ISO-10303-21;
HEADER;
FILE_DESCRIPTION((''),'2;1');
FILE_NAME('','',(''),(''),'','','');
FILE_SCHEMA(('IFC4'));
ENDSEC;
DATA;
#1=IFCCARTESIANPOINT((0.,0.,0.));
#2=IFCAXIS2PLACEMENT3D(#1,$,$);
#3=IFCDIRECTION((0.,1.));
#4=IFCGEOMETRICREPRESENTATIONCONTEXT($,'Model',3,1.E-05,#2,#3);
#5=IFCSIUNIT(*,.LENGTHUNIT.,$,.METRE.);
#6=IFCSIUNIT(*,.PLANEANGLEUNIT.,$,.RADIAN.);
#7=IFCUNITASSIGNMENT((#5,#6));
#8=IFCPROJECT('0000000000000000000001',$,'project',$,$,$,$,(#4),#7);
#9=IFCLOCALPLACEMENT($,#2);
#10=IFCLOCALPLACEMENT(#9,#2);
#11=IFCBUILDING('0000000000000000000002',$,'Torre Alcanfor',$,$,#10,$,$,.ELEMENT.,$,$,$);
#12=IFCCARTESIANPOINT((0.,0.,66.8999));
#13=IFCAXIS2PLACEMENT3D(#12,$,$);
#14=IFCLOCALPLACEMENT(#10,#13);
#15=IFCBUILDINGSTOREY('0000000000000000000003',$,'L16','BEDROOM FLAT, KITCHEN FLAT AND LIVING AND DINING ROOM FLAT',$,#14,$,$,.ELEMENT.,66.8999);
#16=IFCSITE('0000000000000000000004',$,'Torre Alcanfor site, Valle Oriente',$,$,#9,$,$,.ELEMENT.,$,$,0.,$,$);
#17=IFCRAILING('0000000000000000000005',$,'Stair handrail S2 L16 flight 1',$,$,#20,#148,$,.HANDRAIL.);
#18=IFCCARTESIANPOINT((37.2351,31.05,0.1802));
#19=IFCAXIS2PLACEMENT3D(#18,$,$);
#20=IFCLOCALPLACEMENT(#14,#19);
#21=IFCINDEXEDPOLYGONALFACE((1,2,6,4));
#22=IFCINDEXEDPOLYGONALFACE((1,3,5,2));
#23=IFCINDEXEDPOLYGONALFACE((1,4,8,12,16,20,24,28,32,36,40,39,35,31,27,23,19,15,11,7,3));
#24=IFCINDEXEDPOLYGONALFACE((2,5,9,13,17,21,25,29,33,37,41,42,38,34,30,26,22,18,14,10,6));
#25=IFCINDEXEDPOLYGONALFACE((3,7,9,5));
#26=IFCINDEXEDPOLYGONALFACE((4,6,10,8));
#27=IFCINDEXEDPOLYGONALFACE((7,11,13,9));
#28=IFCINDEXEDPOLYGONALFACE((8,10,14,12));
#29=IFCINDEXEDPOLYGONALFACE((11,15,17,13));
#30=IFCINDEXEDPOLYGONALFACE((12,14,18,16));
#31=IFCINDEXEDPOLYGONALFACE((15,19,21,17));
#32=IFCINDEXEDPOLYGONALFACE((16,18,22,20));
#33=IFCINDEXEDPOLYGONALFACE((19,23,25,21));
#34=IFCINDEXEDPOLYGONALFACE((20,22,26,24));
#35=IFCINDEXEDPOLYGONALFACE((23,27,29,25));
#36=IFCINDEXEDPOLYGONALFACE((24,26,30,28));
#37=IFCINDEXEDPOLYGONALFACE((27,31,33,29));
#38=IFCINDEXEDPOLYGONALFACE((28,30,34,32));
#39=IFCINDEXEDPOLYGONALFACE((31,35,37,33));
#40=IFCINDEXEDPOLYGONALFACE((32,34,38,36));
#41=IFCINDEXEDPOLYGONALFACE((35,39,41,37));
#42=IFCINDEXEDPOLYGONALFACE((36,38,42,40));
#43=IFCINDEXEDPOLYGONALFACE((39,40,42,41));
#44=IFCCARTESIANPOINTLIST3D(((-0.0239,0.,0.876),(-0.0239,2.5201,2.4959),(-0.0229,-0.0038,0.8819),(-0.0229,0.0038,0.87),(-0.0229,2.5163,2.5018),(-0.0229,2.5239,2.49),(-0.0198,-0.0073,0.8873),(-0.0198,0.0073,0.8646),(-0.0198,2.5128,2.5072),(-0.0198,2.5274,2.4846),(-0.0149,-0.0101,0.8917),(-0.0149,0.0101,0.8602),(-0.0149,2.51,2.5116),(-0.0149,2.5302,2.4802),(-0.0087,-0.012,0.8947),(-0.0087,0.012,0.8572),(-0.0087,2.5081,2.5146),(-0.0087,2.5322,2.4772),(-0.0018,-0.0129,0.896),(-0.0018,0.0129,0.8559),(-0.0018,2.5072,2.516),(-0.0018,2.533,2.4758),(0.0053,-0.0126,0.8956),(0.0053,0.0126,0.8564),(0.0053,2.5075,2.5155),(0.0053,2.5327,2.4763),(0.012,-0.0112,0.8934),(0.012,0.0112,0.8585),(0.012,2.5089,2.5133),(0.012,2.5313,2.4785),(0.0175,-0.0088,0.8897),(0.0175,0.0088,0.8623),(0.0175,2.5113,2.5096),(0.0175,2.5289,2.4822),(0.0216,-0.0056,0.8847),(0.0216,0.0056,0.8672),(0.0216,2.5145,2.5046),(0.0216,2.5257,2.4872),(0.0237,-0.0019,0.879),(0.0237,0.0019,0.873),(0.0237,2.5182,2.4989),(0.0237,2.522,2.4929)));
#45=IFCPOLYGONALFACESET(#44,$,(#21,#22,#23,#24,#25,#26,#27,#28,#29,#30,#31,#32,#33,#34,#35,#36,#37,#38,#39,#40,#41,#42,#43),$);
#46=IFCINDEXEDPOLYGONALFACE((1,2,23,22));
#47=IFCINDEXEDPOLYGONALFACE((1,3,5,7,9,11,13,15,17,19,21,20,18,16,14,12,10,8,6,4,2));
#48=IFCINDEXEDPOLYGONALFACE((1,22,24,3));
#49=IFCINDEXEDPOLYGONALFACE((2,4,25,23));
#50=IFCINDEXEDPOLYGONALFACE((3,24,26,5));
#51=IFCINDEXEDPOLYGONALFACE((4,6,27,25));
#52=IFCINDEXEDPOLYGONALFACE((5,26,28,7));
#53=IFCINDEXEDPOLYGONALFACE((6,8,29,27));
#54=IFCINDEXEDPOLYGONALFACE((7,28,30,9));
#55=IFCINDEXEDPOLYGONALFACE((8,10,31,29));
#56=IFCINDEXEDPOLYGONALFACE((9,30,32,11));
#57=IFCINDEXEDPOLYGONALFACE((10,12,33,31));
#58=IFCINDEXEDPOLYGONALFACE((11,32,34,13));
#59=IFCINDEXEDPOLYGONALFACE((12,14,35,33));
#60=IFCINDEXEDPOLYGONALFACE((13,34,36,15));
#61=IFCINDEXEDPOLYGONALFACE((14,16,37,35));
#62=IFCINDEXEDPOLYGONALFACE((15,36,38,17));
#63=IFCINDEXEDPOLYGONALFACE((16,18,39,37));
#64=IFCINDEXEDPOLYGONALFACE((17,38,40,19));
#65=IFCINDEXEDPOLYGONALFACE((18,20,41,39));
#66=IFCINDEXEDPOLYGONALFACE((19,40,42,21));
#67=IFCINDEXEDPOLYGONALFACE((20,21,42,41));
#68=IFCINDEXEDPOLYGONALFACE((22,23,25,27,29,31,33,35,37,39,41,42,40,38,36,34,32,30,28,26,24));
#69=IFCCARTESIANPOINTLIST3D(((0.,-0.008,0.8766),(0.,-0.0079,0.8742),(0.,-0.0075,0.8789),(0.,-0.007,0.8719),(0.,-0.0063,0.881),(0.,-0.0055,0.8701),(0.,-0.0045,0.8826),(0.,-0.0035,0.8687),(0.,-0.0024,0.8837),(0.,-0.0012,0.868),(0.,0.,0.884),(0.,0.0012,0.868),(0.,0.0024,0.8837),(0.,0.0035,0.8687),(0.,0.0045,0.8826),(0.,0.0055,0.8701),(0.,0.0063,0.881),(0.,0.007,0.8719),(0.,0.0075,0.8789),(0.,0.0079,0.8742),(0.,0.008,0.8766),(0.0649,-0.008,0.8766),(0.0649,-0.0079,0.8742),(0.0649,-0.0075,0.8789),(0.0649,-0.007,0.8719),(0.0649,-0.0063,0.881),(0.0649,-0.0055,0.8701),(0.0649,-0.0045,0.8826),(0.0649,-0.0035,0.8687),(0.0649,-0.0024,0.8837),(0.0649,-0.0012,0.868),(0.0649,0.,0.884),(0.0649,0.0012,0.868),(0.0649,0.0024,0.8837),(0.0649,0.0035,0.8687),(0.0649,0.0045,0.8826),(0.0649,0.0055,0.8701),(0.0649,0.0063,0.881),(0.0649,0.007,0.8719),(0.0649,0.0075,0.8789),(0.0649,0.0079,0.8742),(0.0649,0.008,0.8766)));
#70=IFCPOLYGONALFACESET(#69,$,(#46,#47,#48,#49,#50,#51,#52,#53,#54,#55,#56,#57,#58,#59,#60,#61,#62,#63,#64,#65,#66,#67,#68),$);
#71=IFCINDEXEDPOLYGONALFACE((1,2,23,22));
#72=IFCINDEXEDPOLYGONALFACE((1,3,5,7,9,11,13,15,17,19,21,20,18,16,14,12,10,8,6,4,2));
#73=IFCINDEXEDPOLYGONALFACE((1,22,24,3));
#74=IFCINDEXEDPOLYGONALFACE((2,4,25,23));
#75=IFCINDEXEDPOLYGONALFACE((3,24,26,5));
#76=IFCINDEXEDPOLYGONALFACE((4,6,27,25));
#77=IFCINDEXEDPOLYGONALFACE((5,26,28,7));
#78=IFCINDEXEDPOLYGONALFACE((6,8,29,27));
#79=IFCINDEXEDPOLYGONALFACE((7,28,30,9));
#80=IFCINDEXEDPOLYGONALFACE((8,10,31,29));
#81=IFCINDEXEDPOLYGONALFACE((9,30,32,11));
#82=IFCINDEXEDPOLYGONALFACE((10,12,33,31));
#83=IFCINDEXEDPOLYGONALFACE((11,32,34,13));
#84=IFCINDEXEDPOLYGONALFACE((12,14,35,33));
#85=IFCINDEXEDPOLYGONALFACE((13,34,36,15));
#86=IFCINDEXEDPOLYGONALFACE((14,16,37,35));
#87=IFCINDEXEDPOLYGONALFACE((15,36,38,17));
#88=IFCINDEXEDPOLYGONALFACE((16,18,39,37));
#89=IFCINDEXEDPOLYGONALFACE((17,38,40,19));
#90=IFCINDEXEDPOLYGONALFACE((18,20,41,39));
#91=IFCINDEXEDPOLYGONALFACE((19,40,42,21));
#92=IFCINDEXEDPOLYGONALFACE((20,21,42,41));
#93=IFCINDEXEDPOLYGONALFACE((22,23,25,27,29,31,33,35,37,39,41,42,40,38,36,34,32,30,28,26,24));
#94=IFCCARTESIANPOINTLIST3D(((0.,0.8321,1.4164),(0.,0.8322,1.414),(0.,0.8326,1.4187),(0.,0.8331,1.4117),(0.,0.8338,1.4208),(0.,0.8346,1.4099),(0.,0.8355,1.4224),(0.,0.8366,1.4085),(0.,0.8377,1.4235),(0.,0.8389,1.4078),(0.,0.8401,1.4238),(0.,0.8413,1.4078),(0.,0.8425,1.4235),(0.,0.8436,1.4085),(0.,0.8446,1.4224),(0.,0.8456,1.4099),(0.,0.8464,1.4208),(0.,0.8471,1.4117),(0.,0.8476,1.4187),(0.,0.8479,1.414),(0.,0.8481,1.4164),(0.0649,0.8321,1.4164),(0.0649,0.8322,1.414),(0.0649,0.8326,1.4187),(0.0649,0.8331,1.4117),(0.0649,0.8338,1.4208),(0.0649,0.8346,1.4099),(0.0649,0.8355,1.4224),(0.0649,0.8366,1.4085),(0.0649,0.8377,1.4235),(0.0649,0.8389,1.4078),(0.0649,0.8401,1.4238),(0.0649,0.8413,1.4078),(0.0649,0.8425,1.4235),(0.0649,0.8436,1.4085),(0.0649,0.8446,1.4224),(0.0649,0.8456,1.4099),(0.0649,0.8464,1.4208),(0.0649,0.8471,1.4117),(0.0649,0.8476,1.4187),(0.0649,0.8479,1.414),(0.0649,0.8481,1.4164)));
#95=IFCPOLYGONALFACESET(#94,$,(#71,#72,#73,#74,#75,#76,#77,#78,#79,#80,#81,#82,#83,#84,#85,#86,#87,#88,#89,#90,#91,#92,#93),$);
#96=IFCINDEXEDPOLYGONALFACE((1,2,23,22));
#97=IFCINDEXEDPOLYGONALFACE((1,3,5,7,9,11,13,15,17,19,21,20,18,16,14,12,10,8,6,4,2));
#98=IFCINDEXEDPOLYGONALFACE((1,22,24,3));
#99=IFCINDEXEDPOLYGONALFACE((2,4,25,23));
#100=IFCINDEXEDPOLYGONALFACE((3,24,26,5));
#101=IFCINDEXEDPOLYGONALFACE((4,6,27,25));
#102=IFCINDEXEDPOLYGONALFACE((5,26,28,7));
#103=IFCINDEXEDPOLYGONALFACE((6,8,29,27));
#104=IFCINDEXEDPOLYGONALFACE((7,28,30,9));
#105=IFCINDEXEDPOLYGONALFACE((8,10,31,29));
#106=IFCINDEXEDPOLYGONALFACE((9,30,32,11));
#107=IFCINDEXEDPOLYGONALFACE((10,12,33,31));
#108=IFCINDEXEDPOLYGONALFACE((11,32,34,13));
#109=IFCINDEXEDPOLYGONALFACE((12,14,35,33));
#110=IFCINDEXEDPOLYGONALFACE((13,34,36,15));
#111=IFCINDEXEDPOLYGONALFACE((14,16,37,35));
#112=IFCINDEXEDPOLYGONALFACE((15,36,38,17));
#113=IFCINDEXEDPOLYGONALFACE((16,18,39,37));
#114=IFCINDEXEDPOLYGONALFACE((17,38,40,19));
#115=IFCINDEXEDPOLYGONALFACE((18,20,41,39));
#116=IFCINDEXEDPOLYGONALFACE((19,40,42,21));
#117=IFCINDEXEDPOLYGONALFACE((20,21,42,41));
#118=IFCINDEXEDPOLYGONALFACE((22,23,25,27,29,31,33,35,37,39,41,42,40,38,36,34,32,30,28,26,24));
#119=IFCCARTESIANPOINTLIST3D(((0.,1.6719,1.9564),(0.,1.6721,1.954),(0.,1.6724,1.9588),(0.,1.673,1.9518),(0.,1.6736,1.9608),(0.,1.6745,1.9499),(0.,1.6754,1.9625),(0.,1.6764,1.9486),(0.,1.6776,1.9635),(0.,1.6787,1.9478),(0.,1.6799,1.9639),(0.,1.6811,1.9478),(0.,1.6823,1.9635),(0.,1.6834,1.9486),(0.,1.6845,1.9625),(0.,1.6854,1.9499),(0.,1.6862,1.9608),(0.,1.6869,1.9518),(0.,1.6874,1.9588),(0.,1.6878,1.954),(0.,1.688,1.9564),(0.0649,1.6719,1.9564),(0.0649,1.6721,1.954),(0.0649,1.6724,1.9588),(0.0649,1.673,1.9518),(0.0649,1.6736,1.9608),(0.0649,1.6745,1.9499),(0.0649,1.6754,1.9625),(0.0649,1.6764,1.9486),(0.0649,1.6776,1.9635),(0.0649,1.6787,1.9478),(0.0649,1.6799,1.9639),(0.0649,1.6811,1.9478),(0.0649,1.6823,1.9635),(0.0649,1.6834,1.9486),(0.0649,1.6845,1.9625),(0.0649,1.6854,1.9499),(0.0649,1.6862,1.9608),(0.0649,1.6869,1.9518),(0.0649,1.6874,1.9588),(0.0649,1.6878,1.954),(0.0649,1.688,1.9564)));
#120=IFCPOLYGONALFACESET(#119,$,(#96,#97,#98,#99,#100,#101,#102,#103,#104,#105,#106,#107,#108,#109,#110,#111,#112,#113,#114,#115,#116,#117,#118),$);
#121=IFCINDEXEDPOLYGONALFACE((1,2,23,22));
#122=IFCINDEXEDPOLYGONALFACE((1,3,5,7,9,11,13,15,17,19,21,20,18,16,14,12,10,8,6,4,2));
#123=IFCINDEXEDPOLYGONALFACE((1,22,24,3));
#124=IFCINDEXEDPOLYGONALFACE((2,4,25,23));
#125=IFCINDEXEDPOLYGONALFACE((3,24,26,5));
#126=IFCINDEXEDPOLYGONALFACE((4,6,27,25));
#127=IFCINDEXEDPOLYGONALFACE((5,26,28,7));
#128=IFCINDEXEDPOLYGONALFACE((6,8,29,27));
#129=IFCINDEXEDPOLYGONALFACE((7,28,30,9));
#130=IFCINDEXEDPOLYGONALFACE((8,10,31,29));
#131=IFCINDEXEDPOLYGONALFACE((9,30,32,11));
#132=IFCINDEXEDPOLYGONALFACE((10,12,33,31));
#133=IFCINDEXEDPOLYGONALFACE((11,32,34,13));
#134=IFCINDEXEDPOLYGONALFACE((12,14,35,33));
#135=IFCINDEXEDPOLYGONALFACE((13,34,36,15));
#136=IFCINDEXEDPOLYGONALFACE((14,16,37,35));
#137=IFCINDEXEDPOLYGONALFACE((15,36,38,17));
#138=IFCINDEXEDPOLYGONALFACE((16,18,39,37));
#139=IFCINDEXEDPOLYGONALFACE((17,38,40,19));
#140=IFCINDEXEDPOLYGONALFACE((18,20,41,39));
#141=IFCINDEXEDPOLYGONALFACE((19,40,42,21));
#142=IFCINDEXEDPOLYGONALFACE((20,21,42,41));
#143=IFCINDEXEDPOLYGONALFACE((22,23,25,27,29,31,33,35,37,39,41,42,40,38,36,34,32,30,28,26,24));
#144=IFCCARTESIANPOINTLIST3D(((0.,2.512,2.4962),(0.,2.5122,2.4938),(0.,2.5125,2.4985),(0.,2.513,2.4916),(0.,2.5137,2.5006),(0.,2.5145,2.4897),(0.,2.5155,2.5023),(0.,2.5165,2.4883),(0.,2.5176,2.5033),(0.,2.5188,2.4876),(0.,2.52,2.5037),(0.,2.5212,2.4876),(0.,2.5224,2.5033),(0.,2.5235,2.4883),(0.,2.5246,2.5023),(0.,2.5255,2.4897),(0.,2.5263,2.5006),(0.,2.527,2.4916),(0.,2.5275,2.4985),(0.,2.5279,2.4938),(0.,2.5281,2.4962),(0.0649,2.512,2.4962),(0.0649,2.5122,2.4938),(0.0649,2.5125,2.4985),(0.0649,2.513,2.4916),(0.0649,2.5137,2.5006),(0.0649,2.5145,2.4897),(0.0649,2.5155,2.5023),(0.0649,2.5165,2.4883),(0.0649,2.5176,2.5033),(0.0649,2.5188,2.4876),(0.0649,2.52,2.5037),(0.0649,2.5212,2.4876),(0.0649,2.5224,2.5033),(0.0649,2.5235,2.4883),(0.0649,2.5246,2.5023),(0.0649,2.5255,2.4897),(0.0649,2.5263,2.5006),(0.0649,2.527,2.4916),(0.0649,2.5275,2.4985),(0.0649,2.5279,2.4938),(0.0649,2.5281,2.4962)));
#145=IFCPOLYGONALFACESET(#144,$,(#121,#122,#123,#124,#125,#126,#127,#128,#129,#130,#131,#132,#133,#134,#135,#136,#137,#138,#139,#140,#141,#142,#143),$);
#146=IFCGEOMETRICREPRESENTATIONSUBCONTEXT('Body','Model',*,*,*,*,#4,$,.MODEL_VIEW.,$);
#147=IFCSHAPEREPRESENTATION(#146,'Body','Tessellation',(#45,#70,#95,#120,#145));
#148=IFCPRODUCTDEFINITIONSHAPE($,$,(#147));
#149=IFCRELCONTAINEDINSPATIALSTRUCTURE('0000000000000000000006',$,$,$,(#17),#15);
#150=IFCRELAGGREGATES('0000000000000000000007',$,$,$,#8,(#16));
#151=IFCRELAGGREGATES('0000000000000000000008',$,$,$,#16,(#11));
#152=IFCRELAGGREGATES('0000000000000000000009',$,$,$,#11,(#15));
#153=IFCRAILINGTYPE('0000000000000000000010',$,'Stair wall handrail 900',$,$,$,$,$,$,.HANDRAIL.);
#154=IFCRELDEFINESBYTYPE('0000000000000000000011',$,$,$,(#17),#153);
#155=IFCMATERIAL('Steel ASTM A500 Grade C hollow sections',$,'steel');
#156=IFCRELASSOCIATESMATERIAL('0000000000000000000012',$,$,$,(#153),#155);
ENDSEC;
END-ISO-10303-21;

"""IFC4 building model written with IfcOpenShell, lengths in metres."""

from ifc_helpers import new_model, si_unit, direction, frame, origin, origin_2d, place, context, subcontext, project, spatial, circle, extrude, material, type_object, element, save


model = new_model("IFC4")

# Units and contexts
model_context = context("Model", 3, precision=1e-05, world=origin(), true_north=direction((0.0, 1.0)))
body_context = subcontext(model_context, "Body", "Model", "MODEL_VIEW")
ifc_project = project(units=[si_unit("LENGTHUNIT", "METRE"), si_unit("PLANEANGLEUNIT", "RADIAN")], contexts=[model_context])

# Site, building, storey
site_placement = place(None, origin())
site = spatial("IfcSite", under=ifc_project, at=site_placement, Name="Torre Alcanfor site, Valle Oriente", CompositionType="ELEMENT", RefElevation=0.0)
building_placement = place(site_placement, origin())
building = spatial("IfcBuilding", under=site, at=building_placement, Name="Torre Alcanfor", CompositionType="ELEMENT")
storey_placement = place(building_placement, frame((0.0, 0.0, 66.8999)))
storey = spatial("IfcBuildingStorey", under=building, at=storey_placement, Name="L16", Description="BEDROOM FLAT, KITCHEN FLAT AND LIVING AND DINING ROOM FLAT", CompositionType="ELEMENT", Elevation=66.8999)

# Railing
ifc_material_1 = material(Name="Steel ASTM A500 Grade C hollow sections", Category="steel")
railing_type_1 = type_object("IfcRailingType", Name="Stair wall handrail 900", PredefinedType="HANDRAIL", material=ifc_material_1)
railing_1_placement = place(storey_placement, frame((37.2351, 31.05, 0.1802)))
element("IfcRailing", 1, at=railing_1_placement, inside=storey, type_object=railing_type_1, Name="Stair handrail S2 L16 flight 1", PredefinedType="HANDRAIL", context=body_context, shape_type="SweptSolid", body=[
    extrude(circle(Radius=0.0239, at=origin_2d()), frame((0.0, 0.0, 0.876), z_axis=(0.0, 0.8412, 0.540725), x_axis=(-1.0, 0.0, 0.0)), (0.0, 0.0, 1.0), 2.9958),
    extrude(circle(Radius=0.0081, at=origin_2d()), frame((0.0, 0.0, 0.876), z_axis=(1.0, 0.0, 0.0), x_axis=(0.0, 0.0, 1.0)), (0.0, 0.0, 1.0), 0.0649),
    extrude(circle(Radius=0.0081, at=origin_2d()), frame((0.0, 0.8401, 1.4158), z_axis=(1.0, 0.0, 0.0), x_axis=(0.0, 0.0, 1.0)), (0.0, 0.0, 1.0), 0.0649),
    extrude(circle(Radius=0.0081, at=origin_2d()), frame((0.0, 1.6799, 1.9558), z_axis=(1.0, 0.0, 0.0), x_axis=(0.0, 0.0, 1.0)), (0.0, 0.0, 1.0), 0.0649),
    extrude(circle(Radius=0.0081, at=origin_2d()), frame((0.0, 2.52, 2.4956), z_axis=(1.0, 0.0, 0.0), x_axis=(0.0, 0.0, 1.0)), (0.0, 0.0, 1.0), 0.0649),
])

save(model, "model.ifc")
